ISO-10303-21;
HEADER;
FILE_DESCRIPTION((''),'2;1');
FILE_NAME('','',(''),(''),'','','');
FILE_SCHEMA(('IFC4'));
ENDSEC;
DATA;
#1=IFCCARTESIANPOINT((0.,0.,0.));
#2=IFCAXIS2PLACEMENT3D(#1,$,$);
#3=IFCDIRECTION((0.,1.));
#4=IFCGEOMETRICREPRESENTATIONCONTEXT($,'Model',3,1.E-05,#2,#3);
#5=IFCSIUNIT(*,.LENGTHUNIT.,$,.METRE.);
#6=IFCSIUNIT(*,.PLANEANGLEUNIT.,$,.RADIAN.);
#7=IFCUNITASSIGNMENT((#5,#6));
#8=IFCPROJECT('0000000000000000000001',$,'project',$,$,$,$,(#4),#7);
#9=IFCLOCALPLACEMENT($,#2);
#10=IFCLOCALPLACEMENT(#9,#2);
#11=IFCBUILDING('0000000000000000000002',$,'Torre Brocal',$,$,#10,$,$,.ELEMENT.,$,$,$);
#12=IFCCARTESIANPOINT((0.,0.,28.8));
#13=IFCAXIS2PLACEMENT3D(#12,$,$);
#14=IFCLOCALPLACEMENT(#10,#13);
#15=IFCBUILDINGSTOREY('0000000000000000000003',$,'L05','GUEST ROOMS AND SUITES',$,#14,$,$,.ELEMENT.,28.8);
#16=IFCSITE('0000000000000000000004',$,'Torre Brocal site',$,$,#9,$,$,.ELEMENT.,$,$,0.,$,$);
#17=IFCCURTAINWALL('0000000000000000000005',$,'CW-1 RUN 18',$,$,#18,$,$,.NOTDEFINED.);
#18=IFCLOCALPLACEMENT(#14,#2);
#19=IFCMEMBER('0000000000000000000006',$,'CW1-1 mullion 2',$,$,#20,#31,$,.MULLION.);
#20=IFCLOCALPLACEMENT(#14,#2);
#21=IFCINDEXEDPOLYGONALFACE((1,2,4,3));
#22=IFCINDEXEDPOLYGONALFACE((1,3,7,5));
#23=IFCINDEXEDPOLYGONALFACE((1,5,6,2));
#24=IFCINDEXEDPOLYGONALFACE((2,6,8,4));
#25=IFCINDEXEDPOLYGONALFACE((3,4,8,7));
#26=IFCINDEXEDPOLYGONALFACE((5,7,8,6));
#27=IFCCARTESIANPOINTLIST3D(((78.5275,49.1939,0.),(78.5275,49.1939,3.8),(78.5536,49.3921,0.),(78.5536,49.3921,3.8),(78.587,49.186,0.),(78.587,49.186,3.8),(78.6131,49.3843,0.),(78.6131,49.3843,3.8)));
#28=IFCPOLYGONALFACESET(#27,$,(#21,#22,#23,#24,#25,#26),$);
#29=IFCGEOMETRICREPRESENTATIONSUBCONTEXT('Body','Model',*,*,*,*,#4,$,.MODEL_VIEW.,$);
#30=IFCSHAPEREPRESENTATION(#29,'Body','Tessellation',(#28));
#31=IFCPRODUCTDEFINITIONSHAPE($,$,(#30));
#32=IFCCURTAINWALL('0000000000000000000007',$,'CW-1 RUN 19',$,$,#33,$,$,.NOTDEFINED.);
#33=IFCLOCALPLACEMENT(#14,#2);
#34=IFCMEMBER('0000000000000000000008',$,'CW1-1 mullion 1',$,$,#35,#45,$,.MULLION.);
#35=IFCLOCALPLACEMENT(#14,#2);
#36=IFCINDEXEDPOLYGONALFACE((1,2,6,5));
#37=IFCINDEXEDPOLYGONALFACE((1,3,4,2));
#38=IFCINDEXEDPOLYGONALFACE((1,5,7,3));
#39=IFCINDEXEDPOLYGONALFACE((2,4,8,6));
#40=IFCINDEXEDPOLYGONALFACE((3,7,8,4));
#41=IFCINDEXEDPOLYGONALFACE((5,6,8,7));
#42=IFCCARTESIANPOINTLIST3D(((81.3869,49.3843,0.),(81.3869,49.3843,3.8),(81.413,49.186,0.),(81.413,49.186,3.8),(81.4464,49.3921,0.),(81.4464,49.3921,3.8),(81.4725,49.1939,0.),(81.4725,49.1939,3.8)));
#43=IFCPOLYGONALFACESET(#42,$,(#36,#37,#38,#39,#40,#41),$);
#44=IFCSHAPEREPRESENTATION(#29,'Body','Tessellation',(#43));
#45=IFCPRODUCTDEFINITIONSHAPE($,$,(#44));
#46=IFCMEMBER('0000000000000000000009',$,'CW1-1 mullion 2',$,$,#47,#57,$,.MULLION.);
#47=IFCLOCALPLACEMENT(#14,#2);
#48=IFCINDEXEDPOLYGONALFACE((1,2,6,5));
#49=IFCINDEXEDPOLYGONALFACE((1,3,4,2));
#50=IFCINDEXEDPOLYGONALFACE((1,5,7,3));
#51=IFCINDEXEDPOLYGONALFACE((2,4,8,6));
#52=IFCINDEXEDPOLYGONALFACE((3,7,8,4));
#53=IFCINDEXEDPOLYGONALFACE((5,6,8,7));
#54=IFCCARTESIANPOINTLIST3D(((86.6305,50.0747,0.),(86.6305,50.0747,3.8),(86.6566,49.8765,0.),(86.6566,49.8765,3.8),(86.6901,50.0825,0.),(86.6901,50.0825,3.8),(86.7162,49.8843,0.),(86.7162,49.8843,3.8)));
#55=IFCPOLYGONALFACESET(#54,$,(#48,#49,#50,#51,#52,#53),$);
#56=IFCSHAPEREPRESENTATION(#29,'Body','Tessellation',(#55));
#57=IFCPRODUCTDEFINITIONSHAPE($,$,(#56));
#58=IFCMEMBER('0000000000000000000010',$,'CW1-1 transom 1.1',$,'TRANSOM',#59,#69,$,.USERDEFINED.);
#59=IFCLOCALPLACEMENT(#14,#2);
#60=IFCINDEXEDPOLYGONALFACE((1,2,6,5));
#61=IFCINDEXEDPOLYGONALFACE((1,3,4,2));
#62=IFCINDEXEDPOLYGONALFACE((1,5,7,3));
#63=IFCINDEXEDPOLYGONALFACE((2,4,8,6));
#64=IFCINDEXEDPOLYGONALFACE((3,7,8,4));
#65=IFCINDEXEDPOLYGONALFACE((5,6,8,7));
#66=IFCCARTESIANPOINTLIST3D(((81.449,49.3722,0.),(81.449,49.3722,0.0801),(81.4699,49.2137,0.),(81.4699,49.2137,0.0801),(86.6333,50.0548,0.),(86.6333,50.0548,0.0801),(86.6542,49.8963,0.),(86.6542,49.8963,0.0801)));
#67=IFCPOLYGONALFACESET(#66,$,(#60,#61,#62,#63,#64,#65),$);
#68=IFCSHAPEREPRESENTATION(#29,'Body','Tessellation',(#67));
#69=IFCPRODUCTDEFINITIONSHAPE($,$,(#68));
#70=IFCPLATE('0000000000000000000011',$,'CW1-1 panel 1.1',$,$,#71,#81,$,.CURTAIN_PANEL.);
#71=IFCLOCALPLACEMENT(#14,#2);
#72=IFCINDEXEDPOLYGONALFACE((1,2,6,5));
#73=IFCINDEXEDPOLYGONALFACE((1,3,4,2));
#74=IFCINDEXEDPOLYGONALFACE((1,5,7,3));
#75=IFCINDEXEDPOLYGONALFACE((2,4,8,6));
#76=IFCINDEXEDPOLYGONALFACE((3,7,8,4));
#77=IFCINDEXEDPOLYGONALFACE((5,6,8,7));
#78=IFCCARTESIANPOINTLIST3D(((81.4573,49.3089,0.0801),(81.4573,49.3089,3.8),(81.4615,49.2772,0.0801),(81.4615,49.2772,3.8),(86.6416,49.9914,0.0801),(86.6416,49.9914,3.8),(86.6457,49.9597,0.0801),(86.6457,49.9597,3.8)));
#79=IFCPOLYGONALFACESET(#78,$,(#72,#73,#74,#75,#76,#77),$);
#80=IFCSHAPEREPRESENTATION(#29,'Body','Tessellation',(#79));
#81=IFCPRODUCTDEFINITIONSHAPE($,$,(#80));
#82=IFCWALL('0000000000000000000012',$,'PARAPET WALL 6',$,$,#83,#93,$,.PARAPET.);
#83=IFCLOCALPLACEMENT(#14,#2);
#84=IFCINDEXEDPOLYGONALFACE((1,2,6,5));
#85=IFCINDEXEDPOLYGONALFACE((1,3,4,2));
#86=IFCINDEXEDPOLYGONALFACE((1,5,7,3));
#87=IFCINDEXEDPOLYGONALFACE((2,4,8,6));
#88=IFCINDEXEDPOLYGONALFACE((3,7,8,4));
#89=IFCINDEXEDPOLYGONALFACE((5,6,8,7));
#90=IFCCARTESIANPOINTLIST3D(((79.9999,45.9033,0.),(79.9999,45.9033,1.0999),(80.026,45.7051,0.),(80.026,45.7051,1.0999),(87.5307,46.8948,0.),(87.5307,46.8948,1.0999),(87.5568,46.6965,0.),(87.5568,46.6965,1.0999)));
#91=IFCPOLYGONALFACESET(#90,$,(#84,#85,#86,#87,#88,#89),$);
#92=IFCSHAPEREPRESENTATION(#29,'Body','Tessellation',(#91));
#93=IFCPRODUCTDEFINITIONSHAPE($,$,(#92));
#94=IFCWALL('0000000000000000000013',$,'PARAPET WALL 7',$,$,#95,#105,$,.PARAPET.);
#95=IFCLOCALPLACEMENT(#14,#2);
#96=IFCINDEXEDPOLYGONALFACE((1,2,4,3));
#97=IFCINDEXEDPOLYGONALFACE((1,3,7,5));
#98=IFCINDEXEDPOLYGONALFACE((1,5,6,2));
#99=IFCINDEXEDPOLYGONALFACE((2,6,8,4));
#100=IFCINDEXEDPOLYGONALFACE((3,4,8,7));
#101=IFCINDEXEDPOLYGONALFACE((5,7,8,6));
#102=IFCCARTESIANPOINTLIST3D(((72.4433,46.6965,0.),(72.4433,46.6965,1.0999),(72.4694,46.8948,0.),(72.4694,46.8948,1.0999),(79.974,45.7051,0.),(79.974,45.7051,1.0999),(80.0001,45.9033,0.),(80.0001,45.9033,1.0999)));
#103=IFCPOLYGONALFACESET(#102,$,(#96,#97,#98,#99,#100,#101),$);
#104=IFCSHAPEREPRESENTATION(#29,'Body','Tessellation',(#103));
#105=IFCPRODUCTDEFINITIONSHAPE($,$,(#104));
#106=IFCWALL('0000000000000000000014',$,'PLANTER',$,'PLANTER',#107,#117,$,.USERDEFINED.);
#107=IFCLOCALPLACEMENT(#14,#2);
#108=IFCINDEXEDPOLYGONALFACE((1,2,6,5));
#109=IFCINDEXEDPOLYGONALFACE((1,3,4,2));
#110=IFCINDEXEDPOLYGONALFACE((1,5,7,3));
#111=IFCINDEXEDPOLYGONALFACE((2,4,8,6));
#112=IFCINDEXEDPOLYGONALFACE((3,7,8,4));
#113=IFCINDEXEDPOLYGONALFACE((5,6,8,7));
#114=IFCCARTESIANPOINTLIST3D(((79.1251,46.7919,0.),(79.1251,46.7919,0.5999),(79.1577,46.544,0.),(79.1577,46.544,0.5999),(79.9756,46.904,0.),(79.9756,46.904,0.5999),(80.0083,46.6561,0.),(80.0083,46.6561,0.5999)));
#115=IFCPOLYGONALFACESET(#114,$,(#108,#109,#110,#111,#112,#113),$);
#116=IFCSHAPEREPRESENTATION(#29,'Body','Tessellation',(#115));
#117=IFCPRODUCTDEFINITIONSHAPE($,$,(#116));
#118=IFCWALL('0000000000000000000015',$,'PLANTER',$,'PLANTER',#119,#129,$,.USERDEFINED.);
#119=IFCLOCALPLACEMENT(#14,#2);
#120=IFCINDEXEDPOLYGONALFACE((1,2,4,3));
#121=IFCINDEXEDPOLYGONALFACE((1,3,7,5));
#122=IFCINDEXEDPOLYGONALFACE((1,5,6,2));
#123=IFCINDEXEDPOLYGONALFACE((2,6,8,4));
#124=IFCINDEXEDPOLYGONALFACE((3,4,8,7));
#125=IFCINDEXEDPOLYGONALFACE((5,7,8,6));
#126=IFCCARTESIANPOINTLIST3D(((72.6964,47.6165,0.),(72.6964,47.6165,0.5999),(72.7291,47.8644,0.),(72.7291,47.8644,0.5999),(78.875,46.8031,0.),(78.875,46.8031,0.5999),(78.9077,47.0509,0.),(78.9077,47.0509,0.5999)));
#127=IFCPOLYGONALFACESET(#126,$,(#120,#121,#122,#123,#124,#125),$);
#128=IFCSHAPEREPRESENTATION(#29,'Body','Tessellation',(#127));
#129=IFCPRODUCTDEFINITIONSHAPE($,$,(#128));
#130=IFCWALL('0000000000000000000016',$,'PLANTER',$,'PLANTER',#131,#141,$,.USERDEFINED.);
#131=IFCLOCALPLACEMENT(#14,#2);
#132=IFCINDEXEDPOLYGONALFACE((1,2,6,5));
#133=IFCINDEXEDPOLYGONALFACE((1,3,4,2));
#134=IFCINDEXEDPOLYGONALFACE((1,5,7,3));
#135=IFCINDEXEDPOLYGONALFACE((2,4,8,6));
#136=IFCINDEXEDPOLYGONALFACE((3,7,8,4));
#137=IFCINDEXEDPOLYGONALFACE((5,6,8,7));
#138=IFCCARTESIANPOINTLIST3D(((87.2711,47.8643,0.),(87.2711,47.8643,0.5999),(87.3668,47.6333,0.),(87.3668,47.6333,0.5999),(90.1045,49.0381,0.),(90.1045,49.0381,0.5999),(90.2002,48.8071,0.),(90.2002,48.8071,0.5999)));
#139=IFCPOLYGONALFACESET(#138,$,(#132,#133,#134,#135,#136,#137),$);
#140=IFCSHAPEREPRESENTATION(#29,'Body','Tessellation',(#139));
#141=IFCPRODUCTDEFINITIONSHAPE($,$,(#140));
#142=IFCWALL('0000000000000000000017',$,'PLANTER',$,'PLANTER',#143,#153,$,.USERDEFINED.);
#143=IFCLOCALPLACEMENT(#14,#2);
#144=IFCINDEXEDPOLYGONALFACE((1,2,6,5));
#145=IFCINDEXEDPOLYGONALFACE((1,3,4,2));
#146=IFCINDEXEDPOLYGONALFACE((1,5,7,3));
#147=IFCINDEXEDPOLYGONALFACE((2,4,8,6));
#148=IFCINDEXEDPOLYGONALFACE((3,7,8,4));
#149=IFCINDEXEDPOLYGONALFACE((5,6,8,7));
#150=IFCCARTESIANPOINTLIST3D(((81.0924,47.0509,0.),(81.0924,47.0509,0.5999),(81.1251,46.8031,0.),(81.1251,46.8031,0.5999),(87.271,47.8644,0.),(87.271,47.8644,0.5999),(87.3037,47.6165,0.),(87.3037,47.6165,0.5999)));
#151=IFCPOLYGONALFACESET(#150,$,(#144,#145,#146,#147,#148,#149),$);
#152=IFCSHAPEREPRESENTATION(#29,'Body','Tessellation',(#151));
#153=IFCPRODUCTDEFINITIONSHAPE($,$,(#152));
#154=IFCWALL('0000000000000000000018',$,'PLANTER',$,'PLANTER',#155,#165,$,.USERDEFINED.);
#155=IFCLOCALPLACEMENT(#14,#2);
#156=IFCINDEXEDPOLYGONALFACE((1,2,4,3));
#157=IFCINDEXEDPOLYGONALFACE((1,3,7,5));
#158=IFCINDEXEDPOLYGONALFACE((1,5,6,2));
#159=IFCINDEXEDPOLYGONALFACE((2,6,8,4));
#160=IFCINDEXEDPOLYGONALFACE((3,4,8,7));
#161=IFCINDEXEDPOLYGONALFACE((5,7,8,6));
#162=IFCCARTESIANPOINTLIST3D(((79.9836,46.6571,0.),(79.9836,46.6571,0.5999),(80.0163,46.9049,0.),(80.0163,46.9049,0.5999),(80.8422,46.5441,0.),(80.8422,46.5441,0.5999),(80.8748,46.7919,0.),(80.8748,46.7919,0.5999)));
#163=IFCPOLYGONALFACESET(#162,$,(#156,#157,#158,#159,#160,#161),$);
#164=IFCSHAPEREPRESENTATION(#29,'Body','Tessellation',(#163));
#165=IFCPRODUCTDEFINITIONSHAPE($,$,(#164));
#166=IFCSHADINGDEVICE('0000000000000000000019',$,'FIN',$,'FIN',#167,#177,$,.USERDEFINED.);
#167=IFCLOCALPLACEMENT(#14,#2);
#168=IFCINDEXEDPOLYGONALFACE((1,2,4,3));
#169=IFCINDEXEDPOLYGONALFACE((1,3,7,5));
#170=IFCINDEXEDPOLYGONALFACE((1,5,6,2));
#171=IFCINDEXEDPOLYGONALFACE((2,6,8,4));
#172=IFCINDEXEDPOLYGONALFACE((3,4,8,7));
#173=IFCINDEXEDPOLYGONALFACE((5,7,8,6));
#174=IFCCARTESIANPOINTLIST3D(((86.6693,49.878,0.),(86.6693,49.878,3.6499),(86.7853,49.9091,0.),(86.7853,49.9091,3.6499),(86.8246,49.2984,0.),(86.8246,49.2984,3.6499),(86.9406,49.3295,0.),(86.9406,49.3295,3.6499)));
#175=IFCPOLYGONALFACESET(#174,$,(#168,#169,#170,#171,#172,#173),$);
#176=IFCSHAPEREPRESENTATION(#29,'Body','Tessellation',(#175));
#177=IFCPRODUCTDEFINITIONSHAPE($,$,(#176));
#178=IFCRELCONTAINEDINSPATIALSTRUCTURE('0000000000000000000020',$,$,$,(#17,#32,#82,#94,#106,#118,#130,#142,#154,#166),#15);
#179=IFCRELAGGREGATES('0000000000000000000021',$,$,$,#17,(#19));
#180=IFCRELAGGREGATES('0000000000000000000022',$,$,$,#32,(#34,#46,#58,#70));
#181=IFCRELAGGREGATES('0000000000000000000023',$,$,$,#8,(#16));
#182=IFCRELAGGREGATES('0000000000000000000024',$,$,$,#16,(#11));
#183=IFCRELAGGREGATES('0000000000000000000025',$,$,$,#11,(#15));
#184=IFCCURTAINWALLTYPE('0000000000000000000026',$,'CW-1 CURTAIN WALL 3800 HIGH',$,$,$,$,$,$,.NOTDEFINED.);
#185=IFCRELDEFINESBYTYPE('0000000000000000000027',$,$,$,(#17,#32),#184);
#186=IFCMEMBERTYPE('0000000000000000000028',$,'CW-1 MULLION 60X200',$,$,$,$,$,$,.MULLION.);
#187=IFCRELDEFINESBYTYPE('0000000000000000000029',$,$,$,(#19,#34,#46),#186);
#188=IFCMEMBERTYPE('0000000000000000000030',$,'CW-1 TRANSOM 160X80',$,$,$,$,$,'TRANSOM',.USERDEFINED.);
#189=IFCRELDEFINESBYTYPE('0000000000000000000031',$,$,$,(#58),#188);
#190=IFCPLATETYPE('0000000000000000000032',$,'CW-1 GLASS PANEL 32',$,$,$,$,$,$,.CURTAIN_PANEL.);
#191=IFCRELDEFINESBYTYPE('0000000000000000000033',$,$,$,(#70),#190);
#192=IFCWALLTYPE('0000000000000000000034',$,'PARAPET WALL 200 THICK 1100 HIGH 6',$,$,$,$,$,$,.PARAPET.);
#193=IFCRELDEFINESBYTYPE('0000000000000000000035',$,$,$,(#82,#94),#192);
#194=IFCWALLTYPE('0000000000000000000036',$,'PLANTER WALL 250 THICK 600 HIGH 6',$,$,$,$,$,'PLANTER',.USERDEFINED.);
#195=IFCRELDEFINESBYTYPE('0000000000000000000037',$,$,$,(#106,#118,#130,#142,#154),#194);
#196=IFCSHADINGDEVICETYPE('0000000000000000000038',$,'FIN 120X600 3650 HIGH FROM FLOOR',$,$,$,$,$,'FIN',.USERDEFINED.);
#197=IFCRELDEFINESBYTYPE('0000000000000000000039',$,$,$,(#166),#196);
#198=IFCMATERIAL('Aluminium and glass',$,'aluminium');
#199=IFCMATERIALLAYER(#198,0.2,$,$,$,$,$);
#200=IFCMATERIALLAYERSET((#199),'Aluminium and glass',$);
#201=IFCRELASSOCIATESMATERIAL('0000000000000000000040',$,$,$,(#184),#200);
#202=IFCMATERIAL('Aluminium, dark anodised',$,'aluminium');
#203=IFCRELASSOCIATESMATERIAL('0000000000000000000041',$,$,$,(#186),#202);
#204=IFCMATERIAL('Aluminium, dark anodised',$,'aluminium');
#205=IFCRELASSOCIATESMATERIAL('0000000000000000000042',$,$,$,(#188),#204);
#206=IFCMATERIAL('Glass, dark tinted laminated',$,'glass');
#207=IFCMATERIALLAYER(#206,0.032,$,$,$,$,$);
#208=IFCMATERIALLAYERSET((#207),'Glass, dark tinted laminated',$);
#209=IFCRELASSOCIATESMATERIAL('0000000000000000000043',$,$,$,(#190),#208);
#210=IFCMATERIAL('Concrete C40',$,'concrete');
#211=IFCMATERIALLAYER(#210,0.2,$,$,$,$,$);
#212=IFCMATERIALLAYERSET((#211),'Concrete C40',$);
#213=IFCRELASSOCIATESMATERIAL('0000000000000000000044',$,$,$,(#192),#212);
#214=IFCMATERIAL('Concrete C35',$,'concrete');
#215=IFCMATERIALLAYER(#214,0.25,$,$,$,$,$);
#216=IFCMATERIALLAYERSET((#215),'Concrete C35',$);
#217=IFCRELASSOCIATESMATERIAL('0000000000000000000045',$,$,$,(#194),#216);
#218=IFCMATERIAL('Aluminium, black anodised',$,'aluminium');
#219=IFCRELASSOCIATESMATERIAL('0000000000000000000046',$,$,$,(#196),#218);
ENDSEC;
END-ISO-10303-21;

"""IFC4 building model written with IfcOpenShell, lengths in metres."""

from ifc_helpers import new_model, si_unit, direction, frame, frame_2d, origin, origin_2d, place, context, subcontext, project, spatial, rectangle, extrude, material, layer, layer_set, material_profile, profile_set, type_object, element, aggregate, save


model = new_model("IFC4")

# Units and contexts
model_context = context("Model", 3, precision=1e-05, world=origin(), true_north=direction((0.0, 1.0)))
body_context = subcontext(model_context, "Body", "Model", "MODEL_VIEW")
ifc_project = project(units=[si_unit("LENGTHUNIT", "METRE"), si_unit("PLANEANGLEUNIT", "RADIAN")], contexts=[model_context])

# Site, building, storey
site_placement = place(None, origin())
site = spatial("IfcSite", under=ifc_project, at=site_placement, Name="Torre Brocal site", CompositionType="ELEMENT", RefElevation=0.0)
building_placement = place(site_placement, origin())
building = spatial("IfcBuilding", under=site, at=building_placement, Name="Torre Brocal", CompositionType="ELEMENT")
storey_placement = place(building_placement, frame((0.0, 0.0, 28.8)))
storey = spatial("IfcBuildingStorey", under=building, at=storey_placement, Name="L05", Description="GUEST ROOMS AND SUITES", CompositionType="ELEMENT", Elevation=28.8)

# Curtain wall, member
ifc_material_1 = material(Name="Aluminium and glass", Category="aluminium")
ifc_layer_1 = layer(ifc_material_1, 0.2)
ifc_layer_set_1 = layer_set([ifc_layer_1], Name="Aluminium and glass")
curtain_wall_type = type_object("IfcCurtainWallType", Name="CW-1 CURTAIN WALL 3800 HIGH", PredefinedType="NOTDEFINED", material=ifc_layer_set_1)
curtain_wall_1_placement = place(storey_placement, origin())
curtain_wall_1 = element("IfcCurtainWall", 1, at=curtain_wall_1_placement, inside=storey, type_object=curtain_wall_type, Name="CW-1 RUN 18", PredefinedType="NOTDEFINED")
ifc_material_2 = material(Name="Aluminium, dark anodised", Category="aluminium")
ifc_material_profile_1 = material_profile(ifc_material_2, rectangle(XDim=0.2, YDim=0.0601, at=origin_2d()), Name="CW-1 MULLION 60X200")
ifc_profile_set_1 = profile_set([ifc_material_profile_1], Name="Aluminium, dark anodised")
member_type_1 = type_object("IfcMemberType", Name="CW-1 MULLION 60X200", PredefinedType="MULLION", material=ifc_profile_set_1)
member_1_placement = place(storey_placement, frame((78.5703, 49.2891, 0.0), z_axis=(0.0, 0.0, 1.0), x_axis=(0.130526, 0.991445, 0.0)))
member_1 = element("IfcMember", 2, at=member_1_placement, type_object=member_type_1, Name="CW1-1 mullion 2", PredefinedType="MULLION", context=body_context, shape_type="SweptSolid", body=[
    extrude(rectangle(XDim=0.2, YDim=0.0601, at=origin_2d()), origin(), (0.0, 0.0, 1.0), 3.8),
])
aggregate(curtain_wall_1, [member_1])

# Curtain wall, members, plate
curtain_wall_2_placement = place(storey_placement, origin())
curtain_wall_2 = element("IfcCurtainWall", 3, at=curtain_wall_2_placement, inside=storey, type_object=curtain_wall_type, Name="CW-1 RUN 19", PredefinedType="NOTDEFINED")
member_2_placement = place(storey_placement, frame((81.4297, 49.2891, 0.0), z_axis=(0.0, 0.0, 1.0), x_axis=(-0.130526, 0.991445, 0.0)))
member_2 = element("IfcMember", 4, at=member_2_placement, type_object=member_type_1, Name="CW1-1 mullion 1", PredefinedType="MULLION", context=body_context, shape_type="SweptSolid", body=[
    extrude(rectangle(XDim=0.2, YDim=0.0601, at=origin_2d()), origin(), (0.0, 0.0, 1.0), 3.8),
])
member_3_placement = place(storey_placement, frame((86.6733, 49.9795, 0.0), z_axis=(0.0, 0.0, 1.0), x_axis=(-0.130526, 0.991445, 0.0)))
member_3 = element("IfcMember", 5, at=member_3_placement, type_object=member_type_1, Name="CW1-1 mullion 2", PredefinedType="MULLION", context=body_context, shape_type="SweptSolid", body=[
    extrude(rectangle(XDim=0.2, YDim=0.0601, at=origin_2d()), origin(), (0.0, 0.0, 1.0), 3.8),
])
ifc_material_3 = material(Name="Aluminium, dark anodised", Category="aluminium")
ifc_material_profile_2 = material_profile(ifc_material_3, rectangle(XDim=0.1599, YDim=0.0801, at=origin_2d()), Name="CW-1 TRANSOM 160X80")
ifc_profile_set_2 = profile_set([ifc_material_profile_2], Name="Aluminium, dark anodised")
member_type_2 = type_object("IfcMemberType", Name="CW-1 TRANSOM 160X80", ElementType="TRANSOM", PredefinedType="USERDEFINED", material=ifc_profile_set_2)
member_4_placement = place(storey_placement, frame((81.4595, 49.293, 0.04), z_axis=(0.991443, 0.130543, 0.0), x_axis=(-0.130543, 0.991443, 0.0)))
member_4 = element("IfcMember", 6, at=member_4_placement, type_object=member_type_2, Name="CW1-1 transom 1.1", ObjectType="TRANSOM", PredefinedType="USERDEFINED", context=body_context, shape_type="SweptSolid", body=[
    extrude(rectangle(XDim=0.1599, YDim=0.0801, at=origin_2d()), origin(), (0.0, 0.0, 1.0), 5.229),
])
ifc_material_4 = material(Name="Glass, dark tinted laminated", Category="glass")
ifc_layer_2 = layer(ifc_material_4, 0.032)
ifc_layer_set_2 = layer_set([ifc_layer_2], Name="Glass, dark tinted laminated")
plate_type = type_object("IfcPlateType", Name="CW-1 GLASS PANEL 32", PredefinedType="CURTAIN_PANEL", material=ifc_layer_set_2)
plate_placement = place(storey_placement, frame((84.0515, 49.6343, 0.0801), z_axis=(0.0, 0.0, 1.0), x_axis=(0.991445, 0.130526, 0.0)))
plate = element("IfcPlate", 7, at=plate_placement, type_object=plate_type, Name="CW1-1 panel 1.1", PredefinedType="CURTAIN_PANEL", context=body_context, shape_type="SweptSolid", body=[
    extrude(rectangle(XDim=5.229, YDim=0.032, at=origin_2d()), origin(), (0.0, 0.0, 1.0), 3.72),
])
aggregate(curtain_wall_2, [member_2, member_3, member_4, plate])

# Walls
ifc_material_5 = material(Name="Concrete C40", Category="concrete")
ifc_layer_3 = layer(ifc_material_5, 0.2)
ifc_layer_set_3 = layer_set([ifc_layer_3], Name="Concrete C40")
wall_type_1 = type_object("IfcWallType", Name="PARAPET WALL 200 THICK 1100 HIGH 6", PredefinedType="PARAPET", material=ifc_layer_set_3)
for number, where, z_axis, x_axis, name in (
    (8, (87.5437, 46.7957, 0.0), (0.0, 0.0, 1.0), (-0.991445, -0.130528, 0.0), "PARAPET WALL 6"),
    (9, (79.9871, 45.8042, 0.0), (0.0, 0.0, 1.0), (-0.991445, 0.130528, 0.0), "PARAPET WALL 7"),
):
    element("IfcWall", number, at=place(storey_placement, frame(where, z_axis=z_axis, x_axis=x_axis)), inside=storey, type_object=wall_type_1, Name=name, PredefinedType="PARAPET", context=body_context, shape_type="SweptSolid", body=[
        extrude(rectangle(XDim=7.5957, YDim=0.2, at=frame_2d((3.7979, 0.0))), origin(), (0.0, 0.0, 1.0), 1.0999),
    ])
ifc_material_6 = material(Name="Concrete C35", Category="concrete")
ifc_layer_4 = layer(ifc_material_6, 0.25)
ifc_layer_set_4 = layer_set([ifc_layer_4], Name="Concrete C35")
wall_type_2 = type_object("IfcWallType", Name="PLANTER WALL 250 THICK 600 HIGH 6", ElementType="PLANTER", PredefinedType="USERDEFINED", material=ifc_layer_set_4)
wall_1_placement = place(storey_placement, frame((79.9919, 46.78, 0.0), z_axis=(0.0, 0.0, 1.0), x_axis=(-0.991433, -0.130616, 0.0)))
element("IfcWall", 10, at=wall_1_placement, inside=storey, type_object=wall_type_2, Name="PLANTER", ObjectType="PLANTER", PredefinedType="USERDEFINED", context=body_context, shape_type="SweptSolid", body=[
    extrude(rectangle(XDim=0.8579, YDim=0.25, at=frame_2d((0.429, 0.0))), origin(), (0.0, 0.0, 1.0), 0.5999),
])
wall_2_placement = place(storey_placement, frame((78.8914, 46.927, 0.0), z_axis=(0.0, 0.0, 1.0), x_axis=(-0.991444, 0.130532, 0.0)))
element("IfcWall", 11, at=wall_2_placement, inside=storey, type_object=wall_type_2, Name="PLANTER", ObjectType="PLANTER", PredefinedType="USERDEFINED", context=body_context, shape_type="SweptSolid", body=[
    extrude(rectangle(XDim=6.2319, YDim=0.25, at=frame_2d((3.116, 0.0))), origin(), (0.0, 0.0, 1.0), 0.5999),
])
wall_3_placement = place(storey_placement, frame((90.1523, 48.9226, 0.0), z_axis=(0.0, 0.0, 1.0), x_axis=(-0.923862, -0.382727, 0.0)))
element("IfcWall", 12, at=wall_3_placement, inside=storey, type_object=wall_type_2, Name="PLANTER", ObjectType="PLANTER", PredefinedType="USERDEFINED", context=body_context, shape_type="SweptSolid", body=[
    extrude(rectangle(XDim=3.0669, YDim=0.25, at=frame_2d((1.5334, 0.0))), origin(), (0.0, 0.0, 1.0), 0.5999),
])
wall_4_placement = place(storey_placement, frame((87.2874, 47.7405, 0.0), z_axis=(0.0, 0.0, 1.0), x_axis=(-0.991444, -0.130532, 0.0)))
element("IfcWall", 13, at=wall_4_placement, inside=storey, type_object=wall_type_2, Name="PLANTER", ObjectType="PLANTER", PredefinedType="USERDEFINED", context=body_context, shape_type="SweptSolid", body=[
    extrude(rectangle(XDim=6.2319, YDim=0.25, at=frame_2d((3.116, 0.0))), origin(), (0.0, 0.0, 1.0), 0.5999),
])
wall_5_placement = place(storey_placement, frame((80.8586, 46.668, 0.0), z_axis=(0.0, 0.0, 1.0), x_axis=(-0.991446, 0.13052, 0.0)))
element("IfcWall", 14, at=wall_5_placement, inside=storey, type_object=wall_type_2, Name="PLANTER", ObjectType="PLANTER", PredefinedType="USERDEFINED", context=body_context, shape_type="SweptSolid", body=[
    extrude(rectangle(XDim=0.866, YDim=0.25, at=frame_2d((0.4331, 0.0))), origin(), (0.0, 0.0, 1.0), 0.5999),
])

# Shading device
ifc_material_7 = material(Name="Aluminium, black anodised", Category="aluminium")
ifc_material_profile_3 = material_profile(ifc_material_7, rectangle(XDim=0.1201, YDim=0.6001, at=origin_2d()), Name="FIN 120X600 3650 HIGH FROM FLOOR")
ifc_profile_set_3 = profile_set([ifc_material_profile_3], Name="Aluminium, black anodised")
shading_device_type = type_object("IfcShadingDeviceType", Name="FIN 120X600 3650 HIGH FROM FLOOR", ElementType="FIN", PredefinedType="USERDEFINED", material=ifc_profile_set_3)
shading_device_placement = place(storey_placement, frame((86.8049, 49.6038, 0.0), z_axis=(0.0, 0.0, 1.0), x_axis=(0.965926, 0.258819, 0.0)))
element("IfcShadingDevice", 15, at=shading_device_placement, inside=storey, type_object=shading_device_type, Name="FIN", ObjectType="FIN", PredefinedType="USERDEFINED", context=body_context, shape_type="SweptSolid", body=[
    extrude(rectangle(XDim=0.1201, YDim=0.6001, at=origin_2d()), origin(), (0.0, 0.0, 1.0), 3.6499),
])

save(model, "model.ifc")
